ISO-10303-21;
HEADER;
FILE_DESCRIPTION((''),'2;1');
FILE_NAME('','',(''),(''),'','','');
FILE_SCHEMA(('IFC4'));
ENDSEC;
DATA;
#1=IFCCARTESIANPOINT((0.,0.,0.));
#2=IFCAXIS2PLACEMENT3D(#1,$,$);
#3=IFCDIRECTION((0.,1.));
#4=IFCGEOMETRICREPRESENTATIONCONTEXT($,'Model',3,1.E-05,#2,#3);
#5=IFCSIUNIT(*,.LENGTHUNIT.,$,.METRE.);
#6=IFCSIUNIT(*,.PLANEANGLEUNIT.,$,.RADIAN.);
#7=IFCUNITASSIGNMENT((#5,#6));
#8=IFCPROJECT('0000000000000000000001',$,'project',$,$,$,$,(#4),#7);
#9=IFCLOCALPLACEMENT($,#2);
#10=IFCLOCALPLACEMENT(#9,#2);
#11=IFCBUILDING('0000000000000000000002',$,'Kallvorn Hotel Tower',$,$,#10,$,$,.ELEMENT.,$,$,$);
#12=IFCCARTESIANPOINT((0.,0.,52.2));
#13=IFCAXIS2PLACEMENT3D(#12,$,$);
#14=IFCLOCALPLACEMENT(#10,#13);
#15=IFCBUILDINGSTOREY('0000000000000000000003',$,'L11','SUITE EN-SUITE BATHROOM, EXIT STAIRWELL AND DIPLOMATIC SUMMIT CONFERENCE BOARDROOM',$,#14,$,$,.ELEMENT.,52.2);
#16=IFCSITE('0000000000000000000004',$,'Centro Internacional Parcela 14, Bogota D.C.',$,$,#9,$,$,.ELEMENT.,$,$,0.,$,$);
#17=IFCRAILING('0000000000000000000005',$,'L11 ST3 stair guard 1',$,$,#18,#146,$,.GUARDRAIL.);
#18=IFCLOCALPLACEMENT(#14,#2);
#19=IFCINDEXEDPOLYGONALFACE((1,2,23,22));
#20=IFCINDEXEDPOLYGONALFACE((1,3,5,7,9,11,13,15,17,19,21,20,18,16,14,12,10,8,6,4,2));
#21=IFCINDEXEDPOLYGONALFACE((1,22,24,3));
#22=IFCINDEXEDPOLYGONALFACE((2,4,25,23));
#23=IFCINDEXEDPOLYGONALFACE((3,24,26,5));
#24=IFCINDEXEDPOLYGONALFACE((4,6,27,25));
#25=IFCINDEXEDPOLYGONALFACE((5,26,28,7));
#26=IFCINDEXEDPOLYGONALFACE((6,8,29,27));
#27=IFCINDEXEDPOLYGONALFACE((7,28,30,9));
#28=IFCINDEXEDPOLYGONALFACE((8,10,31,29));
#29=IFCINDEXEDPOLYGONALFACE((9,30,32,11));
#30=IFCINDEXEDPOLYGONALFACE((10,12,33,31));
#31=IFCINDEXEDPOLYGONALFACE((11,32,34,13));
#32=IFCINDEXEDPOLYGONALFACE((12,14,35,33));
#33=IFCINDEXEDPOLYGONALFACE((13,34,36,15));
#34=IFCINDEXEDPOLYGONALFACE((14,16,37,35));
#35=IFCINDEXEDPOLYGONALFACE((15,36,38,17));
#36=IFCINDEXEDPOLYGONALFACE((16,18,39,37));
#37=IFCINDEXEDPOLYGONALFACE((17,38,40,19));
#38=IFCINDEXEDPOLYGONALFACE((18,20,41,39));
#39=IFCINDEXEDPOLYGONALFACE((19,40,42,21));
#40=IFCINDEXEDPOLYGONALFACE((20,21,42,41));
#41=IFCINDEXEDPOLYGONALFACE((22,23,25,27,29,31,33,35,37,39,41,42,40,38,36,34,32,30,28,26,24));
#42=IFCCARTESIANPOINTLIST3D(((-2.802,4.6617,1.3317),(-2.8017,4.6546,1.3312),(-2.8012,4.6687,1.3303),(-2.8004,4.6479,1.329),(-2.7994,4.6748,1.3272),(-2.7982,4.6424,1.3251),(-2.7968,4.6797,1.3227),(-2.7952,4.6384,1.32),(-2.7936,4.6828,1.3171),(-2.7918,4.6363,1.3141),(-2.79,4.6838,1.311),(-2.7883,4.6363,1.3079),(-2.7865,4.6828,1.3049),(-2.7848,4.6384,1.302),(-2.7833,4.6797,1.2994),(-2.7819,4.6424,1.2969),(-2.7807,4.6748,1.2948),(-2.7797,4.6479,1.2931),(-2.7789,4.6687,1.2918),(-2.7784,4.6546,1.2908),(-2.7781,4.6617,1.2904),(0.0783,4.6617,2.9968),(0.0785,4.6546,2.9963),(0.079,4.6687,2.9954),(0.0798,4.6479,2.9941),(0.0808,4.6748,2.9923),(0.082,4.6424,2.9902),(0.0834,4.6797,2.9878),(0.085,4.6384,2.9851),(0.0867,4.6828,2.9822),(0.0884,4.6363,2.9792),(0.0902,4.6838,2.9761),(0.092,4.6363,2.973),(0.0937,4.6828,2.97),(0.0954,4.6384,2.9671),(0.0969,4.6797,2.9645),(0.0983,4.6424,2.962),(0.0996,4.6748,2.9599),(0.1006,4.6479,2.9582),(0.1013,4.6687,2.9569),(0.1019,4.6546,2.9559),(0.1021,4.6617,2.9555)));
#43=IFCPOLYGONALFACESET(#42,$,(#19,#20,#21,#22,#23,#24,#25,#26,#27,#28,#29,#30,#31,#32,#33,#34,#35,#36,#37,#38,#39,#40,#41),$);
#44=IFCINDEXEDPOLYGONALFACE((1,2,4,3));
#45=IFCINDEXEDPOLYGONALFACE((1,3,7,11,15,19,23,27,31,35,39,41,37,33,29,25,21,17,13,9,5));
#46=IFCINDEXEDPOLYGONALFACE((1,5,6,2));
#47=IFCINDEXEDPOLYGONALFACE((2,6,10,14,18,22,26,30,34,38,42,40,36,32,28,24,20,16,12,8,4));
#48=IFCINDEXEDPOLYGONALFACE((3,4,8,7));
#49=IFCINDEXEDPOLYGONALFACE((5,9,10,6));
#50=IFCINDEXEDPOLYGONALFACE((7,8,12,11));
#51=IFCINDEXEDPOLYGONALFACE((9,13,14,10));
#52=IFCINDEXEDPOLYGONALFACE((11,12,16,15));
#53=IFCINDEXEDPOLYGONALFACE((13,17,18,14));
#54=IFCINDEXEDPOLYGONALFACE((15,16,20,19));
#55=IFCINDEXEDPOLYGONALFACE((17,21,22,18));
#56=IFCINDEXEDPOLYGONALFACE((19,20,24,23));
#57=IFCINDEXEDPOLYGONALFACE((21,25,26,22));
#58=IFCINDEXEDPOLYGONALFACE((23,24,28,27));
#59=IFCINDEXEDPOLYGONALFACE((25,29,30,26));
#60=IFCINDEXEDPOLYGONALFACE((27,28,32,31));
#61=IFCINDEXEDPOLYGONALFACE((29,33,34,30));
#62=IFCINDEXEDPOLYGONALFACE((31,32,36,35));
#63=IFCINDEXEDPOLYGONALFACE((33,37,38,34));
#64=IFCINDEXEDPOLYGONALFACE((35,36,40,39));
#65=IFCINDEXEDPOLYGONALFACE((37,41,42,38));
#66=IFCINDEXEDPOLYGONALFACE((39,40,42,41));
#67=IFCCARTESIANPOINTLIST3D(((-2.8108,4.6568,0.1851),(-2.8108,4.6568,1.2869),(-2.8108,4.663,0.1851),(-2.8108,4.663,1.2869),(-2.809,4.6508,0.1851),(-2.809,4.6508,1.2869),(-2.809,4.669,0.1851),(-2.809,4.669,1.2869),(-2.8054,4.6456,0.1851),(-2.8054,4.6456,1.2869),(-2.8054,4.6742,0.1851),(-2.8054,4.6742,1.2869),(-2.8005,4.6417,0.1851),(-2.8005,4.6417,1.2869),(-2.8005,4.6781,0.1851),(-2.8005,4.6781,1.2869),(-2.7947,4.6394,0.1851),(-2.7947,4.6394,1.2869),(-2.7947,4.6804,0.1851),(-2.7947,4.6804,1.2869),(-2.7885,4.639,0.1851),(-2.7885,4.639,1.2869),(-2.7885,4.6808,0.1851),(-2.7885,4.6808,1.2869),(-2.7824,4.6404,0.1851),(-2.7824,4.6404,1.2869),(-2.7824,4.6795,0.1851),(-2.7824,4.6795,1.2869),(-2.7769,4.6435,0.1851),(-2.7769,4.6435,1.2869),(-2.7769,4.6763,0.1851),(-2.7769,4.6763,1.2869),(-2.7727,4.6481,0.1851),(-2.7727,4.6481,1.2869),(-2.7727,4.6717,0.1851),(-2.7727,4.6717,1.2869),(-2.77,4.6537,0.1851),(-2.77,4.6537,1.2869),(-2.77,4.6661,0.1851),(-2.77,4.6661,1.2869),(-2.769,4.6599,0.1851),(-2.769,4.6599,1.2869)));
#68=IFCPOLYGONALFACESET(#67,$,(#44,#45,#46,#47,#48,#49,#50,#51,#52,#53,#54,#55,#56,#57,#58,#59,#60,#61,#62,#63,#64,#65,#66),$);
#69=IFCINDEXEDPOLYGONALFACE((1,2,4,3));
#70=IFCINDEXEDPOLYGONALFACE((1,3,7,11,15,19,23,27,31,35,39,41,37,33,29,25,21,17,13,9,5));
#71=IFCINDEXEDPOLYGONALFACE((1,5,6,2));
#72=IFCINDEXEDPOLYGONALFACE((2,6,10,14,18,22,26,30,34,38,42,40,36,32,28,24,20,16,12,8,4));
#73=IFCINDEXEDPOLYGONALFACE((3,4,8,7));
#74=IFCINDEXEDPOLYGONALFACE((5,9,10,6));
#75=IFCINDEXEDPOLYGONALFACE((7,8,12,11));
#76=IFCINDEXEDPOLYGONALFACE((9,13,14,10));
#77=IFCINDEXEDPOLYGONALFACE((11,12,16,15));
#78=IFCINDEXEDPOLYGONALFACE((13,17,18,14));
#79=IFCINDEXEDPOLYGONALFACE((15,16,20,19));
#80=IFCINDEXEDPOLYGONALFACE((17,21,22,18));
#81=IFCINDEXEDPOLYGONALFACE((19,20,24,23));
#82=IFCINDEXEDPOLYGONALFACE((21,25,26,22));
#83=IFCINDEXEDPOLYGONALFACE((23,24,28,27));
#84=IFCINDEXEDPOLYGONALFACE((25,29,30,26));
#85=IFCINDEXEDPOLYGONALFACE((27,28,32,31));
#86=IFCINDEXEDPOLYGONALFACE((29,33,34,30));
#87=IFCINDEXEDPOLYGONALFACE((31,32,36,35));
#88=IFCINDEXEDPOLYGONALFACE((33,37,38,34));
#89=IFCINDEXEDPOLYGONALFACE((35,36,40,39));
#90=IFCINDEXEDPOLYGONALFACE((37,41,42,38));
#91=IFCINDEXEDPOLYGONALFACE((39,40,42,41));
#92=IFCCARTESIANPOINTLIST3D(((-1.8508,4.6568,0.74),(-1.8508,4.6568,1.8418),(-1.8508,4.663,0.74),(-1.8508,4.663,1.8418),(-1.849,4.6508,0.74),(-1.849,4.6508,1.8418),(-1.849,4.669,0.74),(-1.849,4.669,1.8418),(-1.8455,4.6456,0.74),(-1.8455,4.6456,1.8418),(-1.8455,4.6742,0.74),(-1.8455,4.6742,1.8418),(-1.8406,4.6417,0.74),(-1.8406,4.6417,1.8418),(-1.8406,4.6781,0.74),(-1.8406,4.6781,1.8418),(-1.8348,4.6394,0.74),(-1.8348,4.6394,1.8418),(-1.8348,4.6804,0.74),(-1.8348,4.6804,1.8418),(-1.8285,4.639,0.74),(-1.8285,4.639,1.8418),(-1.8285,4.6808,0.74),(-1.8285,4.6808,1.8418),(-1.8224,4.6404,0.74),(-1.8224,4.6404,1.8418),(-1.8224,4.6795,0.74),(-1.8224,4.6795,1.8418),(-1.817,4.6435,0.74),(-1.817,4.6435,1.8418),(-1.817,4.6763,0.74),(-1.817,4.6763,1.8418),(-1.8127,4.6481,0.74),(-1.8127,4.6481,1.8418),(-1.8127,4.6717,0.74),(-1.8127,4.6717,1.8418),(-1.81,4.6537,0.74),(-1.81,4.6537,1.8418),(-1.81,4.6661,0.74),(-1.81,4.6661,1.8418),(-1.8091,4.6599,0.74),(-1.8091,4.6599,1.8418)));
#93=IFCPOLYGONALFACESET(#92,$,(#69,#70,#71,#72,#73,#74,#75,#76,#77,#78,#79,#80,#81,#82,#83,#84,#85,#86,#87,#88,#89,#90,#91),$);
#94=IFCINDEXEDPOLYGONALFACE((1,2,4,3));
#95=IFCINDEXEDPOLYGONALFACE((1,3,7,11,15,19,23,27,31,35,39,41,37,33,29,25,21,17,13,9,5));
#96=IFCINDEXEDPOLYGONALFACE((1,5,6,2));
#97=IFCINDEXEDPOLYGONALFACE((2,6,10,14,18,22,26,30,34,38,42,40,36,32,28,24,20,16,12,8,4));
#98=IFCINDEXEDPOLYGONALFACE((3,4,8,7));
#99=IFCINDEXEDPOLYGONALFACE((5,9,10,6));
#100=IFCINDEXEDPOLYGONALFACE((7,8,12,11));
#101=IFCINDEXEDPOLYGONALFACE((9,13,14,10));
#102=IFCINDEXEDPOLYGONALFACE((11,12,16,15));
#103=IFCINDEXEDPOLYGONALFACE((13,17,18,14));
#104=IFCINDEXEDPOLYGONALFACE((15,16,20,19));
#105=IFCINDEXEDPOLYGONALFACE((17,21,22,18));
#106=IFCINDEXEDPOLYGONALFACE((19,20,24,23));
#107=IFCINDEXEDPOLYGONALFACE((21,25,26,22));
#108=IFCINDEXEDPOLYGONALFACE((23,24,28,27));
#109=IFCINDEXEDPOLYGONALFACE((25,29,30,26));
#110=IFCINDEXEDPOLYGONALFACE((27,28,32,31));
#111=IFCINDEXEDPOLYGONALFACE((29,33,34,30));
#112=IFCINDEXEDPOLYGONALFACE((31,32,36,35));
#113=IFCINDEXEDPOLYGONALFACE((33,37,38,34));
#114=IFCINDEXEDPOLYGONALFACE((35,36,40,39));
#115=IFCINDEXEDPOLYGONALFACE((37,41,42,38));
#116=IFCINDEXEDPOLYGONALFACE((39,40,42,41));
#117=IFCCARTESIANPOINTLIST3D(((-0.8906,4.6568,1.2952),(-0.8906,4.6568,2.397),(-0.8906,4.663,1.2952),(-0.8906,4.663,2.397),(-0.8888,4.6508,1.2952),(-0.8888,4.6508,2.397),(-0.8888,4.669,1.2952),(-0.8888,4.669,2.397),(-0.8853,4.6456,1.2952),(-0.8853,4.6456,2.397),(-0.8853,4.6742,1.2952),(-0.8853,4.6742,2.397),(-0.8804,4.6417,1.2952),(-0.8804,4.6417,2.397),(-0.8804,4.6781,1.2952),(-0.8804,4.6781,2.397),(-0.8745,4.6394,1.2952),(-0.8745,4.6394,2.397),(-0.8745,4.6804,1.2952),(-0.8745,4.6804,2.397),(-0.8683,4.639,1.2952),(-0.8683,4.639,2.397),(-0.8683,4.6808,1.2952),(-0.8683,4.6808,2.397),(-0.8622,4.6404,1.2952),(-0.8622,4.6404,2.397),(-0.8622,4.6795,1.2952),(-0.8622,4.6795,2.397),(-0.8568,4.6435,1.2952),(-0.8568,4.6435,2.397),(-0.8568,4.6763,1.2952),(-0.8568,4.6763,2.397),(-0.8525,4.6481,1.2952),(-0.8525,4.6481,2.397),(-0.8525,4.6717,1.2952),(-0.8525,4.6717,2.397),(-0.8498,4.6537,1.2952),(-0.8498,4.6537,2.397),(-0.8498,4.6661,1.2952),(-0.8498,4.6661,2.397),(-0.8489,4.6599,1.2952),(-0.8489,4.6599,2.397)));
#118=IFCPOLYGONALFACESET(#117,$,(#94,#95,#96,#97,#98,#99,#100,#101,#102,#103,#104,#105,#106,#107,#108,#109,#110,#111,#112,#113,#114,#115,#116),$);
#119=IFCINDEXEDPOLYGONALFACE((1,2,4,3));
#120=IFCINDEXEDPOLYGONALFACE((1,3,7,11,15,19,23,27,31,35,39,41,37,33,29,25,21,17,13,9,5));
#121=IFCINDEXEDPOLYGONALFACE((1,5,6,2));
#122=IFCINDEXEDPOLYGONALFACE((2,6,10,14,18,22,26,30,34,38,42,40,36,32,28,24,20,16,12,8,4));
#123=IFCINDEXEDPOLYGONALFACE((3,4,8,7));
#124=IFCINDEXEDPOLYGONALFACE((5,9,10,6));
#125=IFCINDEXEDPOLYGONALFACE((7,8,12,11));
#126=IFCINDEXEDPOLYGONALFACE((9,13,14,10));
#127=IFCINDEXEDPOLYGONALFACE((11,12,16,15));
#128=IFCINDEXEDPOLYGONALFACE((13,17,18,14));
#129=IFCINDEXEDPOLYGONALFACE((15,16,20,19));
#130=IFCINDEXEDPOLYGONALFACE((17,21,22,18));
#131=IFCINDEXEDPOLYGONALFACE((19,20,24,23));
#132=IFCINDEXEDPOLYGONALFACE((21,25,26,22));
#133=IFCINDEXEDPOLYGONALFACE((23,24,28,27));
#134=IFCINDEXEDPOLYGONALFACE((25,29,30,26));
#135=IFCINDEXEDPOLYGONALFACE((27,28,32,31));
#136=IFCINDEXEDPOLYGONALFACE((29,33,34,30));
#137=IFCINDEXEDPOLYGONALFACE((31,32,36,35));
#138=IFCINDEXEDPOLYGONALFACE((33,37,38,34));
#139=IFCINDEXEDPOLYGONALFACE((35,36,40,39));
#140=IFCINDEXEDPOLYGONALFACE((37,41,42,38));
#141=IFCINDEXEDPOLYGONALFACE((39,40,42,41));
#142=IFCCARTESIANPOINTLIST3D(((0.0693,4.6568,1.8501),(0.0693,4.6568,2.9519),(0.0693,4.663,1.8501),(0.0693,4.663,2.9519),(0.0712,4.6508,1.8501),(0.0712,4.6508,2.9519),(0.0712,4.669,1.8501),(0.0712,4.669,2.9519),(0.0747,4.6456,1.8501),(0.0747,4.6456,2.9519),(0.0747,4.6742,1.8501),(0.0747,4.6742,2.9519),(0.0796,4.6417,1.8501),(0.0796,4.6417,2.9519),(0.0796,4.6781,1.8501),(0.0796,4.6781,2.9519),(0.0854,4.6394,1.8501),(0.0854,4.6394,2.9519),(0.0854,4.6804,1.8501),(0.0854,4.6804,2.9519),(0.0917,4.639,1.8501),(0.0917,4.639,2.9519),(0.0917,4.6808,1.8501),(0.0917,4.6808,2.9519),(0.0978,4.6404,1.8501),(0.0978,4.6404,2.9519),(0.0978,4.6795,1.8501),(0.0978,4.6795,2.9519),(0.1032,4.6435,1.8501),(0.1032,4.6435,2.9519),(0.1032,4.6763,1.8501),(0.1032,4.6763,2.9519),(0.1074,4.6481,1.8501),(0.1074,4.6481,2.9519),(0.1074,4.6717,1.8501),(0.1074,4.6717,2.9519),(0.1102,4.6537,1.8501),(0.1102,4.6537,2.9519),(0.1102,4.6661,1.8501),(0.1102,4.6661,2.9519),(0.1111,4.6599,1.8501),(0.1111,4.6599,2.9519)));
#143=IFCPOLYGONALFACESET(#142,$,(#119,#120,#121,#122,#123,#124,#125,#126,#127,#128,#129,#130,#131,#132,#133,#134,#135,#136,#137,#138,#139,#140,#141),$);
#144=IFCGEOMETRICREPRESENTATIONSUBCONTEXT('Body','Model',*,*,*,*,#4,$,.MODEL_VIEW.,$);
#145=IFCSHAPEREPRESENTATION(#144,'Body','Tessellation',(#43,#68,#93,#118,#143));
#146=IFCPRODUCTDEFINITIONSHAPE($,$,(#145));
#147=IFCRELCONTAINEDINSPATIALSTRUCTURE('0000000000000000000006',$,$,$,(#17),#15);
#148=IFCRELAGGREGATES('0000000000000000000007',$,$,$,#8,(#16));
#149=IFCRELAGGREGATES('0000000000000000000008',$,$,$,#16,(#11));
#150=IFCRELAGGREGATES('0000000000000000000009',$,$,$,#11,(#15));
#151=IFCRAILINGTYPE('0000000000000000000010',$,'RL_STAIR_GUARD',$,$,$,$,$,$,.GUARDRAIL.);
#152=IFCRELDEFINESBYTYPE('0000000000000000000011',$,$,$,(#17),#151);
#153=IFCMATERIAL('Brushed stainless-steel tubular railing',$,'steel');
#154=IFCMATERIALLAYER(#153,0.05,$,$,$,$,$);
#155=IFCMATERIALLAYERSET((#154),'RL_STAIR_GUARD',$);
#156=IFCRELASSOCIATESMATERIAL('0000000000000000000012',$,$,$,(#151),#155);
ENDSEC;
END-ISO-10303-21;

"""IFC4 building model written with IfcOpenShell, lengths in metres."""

from ifc_helpers import new_model, si_unit, direction, frame, origin, origin_2d, place, context, subcontext, project, spatial, circle, extrude, material, layer, layer_set, type_object, element, save


model = new_model("IFC4")

# Units and contexts
model_context = context("Model", 3, precision=1e-05, world=origin(), true_north=direction((0.0, 1.0)))
body_context = subcontext(model_context, "Body", "Model", "MODEL_VIEW")
ifc_project = project(units=[si_unit("LENGTHUNIT", "METRE"), si_unit("PLANEANGLEUNIT", "RADIAN")], contexts=[model_context])

# Site, building, storey
site_placement = place(None, origin())
site = spatial("IfcSite", under=ifc_project, at=site_placement, Name="Centro Internacional Parcela 14, Bogota D.C.", CompositionType="ELEMENT", RefElevation=0.0)
building_placement = place(site_placement, origin())
building = spatial("IfcBuilding", under=site, at=building_placement, Name="Kallvorn Hotel Tower", CompositionType="ELEMENT")
storey_placement = place(building_placement, frame((0.0, 0.0, 52.2)))
storey = spatial("IfcBuildingStorey", under=building, at=storey_placement, Name="L11", Description="SUITE EN-SUITE BATHROOM, EXIT STAIRWELL AND DIPLOMATIC SUMMIT CONFERENCE BOARDROOM", CompositionType="ELEMENT", Elevation=52.2)

# Railing
ifc_material_1 = material(Name="Brushed stainless-steel tubular railing", Category="steel")
ifc_layer_1 = layer(ifc_material_1, 0.05)
ifc_layer_set_1 = layer_set([ifc_layer_1], Name="RL_STAIR_GUARD")
railing_type_1 = type_object("IfcRailingType", Name="RL_STAIR_GUARD", PredefinedType="GUARDRAIL", material=ifc_layer_set_1)
railing_1_placement = place(storey_placement, frame((-2.79, 4.6599, 0.1851)))
element("IfcRailing", 1, at=railing_1_placement, inside=storey, type_object=railing_type_1, Name="L11 ST3 stair guard 1", PredefinedType="GUARDRAIL", context=body_context, shape_type="SweptSolid", body=[
    extrude(circle(Radius=0.0239, at=origin_2d()), frame((0.0, 0.0, 1.126), z_axis=(0.865739, 0.0, 0.500495), x_axis=(0.0, 1.0, 0.0)), (0.0, 0.0, 1.0), 3.3269),
    extrude(circle(Radius=0.021, at=origin_2d()), origin(), (0.0, 0.0, 1.0), 1.1018),
    extrude(circle(Radius=0.021, at=origin_2d()), frame((0.96, 0.0, 0.5549)), (0.0, 0.0, 1.0), 1.1018),
    extrude(circle(Radius=0.021, at=origin_2d()), frame((1.9202, 0.0, 1.1101)), (0.0, 0.0, 1.0), 1.1018),
    extrude(circle(Radius=0.021, at=origin_2d()), frame((2.8801, 0.0, 1.665)), (0.0, 0.0, 1.0), 1.1018),
])

save(model, "model.ifc")
